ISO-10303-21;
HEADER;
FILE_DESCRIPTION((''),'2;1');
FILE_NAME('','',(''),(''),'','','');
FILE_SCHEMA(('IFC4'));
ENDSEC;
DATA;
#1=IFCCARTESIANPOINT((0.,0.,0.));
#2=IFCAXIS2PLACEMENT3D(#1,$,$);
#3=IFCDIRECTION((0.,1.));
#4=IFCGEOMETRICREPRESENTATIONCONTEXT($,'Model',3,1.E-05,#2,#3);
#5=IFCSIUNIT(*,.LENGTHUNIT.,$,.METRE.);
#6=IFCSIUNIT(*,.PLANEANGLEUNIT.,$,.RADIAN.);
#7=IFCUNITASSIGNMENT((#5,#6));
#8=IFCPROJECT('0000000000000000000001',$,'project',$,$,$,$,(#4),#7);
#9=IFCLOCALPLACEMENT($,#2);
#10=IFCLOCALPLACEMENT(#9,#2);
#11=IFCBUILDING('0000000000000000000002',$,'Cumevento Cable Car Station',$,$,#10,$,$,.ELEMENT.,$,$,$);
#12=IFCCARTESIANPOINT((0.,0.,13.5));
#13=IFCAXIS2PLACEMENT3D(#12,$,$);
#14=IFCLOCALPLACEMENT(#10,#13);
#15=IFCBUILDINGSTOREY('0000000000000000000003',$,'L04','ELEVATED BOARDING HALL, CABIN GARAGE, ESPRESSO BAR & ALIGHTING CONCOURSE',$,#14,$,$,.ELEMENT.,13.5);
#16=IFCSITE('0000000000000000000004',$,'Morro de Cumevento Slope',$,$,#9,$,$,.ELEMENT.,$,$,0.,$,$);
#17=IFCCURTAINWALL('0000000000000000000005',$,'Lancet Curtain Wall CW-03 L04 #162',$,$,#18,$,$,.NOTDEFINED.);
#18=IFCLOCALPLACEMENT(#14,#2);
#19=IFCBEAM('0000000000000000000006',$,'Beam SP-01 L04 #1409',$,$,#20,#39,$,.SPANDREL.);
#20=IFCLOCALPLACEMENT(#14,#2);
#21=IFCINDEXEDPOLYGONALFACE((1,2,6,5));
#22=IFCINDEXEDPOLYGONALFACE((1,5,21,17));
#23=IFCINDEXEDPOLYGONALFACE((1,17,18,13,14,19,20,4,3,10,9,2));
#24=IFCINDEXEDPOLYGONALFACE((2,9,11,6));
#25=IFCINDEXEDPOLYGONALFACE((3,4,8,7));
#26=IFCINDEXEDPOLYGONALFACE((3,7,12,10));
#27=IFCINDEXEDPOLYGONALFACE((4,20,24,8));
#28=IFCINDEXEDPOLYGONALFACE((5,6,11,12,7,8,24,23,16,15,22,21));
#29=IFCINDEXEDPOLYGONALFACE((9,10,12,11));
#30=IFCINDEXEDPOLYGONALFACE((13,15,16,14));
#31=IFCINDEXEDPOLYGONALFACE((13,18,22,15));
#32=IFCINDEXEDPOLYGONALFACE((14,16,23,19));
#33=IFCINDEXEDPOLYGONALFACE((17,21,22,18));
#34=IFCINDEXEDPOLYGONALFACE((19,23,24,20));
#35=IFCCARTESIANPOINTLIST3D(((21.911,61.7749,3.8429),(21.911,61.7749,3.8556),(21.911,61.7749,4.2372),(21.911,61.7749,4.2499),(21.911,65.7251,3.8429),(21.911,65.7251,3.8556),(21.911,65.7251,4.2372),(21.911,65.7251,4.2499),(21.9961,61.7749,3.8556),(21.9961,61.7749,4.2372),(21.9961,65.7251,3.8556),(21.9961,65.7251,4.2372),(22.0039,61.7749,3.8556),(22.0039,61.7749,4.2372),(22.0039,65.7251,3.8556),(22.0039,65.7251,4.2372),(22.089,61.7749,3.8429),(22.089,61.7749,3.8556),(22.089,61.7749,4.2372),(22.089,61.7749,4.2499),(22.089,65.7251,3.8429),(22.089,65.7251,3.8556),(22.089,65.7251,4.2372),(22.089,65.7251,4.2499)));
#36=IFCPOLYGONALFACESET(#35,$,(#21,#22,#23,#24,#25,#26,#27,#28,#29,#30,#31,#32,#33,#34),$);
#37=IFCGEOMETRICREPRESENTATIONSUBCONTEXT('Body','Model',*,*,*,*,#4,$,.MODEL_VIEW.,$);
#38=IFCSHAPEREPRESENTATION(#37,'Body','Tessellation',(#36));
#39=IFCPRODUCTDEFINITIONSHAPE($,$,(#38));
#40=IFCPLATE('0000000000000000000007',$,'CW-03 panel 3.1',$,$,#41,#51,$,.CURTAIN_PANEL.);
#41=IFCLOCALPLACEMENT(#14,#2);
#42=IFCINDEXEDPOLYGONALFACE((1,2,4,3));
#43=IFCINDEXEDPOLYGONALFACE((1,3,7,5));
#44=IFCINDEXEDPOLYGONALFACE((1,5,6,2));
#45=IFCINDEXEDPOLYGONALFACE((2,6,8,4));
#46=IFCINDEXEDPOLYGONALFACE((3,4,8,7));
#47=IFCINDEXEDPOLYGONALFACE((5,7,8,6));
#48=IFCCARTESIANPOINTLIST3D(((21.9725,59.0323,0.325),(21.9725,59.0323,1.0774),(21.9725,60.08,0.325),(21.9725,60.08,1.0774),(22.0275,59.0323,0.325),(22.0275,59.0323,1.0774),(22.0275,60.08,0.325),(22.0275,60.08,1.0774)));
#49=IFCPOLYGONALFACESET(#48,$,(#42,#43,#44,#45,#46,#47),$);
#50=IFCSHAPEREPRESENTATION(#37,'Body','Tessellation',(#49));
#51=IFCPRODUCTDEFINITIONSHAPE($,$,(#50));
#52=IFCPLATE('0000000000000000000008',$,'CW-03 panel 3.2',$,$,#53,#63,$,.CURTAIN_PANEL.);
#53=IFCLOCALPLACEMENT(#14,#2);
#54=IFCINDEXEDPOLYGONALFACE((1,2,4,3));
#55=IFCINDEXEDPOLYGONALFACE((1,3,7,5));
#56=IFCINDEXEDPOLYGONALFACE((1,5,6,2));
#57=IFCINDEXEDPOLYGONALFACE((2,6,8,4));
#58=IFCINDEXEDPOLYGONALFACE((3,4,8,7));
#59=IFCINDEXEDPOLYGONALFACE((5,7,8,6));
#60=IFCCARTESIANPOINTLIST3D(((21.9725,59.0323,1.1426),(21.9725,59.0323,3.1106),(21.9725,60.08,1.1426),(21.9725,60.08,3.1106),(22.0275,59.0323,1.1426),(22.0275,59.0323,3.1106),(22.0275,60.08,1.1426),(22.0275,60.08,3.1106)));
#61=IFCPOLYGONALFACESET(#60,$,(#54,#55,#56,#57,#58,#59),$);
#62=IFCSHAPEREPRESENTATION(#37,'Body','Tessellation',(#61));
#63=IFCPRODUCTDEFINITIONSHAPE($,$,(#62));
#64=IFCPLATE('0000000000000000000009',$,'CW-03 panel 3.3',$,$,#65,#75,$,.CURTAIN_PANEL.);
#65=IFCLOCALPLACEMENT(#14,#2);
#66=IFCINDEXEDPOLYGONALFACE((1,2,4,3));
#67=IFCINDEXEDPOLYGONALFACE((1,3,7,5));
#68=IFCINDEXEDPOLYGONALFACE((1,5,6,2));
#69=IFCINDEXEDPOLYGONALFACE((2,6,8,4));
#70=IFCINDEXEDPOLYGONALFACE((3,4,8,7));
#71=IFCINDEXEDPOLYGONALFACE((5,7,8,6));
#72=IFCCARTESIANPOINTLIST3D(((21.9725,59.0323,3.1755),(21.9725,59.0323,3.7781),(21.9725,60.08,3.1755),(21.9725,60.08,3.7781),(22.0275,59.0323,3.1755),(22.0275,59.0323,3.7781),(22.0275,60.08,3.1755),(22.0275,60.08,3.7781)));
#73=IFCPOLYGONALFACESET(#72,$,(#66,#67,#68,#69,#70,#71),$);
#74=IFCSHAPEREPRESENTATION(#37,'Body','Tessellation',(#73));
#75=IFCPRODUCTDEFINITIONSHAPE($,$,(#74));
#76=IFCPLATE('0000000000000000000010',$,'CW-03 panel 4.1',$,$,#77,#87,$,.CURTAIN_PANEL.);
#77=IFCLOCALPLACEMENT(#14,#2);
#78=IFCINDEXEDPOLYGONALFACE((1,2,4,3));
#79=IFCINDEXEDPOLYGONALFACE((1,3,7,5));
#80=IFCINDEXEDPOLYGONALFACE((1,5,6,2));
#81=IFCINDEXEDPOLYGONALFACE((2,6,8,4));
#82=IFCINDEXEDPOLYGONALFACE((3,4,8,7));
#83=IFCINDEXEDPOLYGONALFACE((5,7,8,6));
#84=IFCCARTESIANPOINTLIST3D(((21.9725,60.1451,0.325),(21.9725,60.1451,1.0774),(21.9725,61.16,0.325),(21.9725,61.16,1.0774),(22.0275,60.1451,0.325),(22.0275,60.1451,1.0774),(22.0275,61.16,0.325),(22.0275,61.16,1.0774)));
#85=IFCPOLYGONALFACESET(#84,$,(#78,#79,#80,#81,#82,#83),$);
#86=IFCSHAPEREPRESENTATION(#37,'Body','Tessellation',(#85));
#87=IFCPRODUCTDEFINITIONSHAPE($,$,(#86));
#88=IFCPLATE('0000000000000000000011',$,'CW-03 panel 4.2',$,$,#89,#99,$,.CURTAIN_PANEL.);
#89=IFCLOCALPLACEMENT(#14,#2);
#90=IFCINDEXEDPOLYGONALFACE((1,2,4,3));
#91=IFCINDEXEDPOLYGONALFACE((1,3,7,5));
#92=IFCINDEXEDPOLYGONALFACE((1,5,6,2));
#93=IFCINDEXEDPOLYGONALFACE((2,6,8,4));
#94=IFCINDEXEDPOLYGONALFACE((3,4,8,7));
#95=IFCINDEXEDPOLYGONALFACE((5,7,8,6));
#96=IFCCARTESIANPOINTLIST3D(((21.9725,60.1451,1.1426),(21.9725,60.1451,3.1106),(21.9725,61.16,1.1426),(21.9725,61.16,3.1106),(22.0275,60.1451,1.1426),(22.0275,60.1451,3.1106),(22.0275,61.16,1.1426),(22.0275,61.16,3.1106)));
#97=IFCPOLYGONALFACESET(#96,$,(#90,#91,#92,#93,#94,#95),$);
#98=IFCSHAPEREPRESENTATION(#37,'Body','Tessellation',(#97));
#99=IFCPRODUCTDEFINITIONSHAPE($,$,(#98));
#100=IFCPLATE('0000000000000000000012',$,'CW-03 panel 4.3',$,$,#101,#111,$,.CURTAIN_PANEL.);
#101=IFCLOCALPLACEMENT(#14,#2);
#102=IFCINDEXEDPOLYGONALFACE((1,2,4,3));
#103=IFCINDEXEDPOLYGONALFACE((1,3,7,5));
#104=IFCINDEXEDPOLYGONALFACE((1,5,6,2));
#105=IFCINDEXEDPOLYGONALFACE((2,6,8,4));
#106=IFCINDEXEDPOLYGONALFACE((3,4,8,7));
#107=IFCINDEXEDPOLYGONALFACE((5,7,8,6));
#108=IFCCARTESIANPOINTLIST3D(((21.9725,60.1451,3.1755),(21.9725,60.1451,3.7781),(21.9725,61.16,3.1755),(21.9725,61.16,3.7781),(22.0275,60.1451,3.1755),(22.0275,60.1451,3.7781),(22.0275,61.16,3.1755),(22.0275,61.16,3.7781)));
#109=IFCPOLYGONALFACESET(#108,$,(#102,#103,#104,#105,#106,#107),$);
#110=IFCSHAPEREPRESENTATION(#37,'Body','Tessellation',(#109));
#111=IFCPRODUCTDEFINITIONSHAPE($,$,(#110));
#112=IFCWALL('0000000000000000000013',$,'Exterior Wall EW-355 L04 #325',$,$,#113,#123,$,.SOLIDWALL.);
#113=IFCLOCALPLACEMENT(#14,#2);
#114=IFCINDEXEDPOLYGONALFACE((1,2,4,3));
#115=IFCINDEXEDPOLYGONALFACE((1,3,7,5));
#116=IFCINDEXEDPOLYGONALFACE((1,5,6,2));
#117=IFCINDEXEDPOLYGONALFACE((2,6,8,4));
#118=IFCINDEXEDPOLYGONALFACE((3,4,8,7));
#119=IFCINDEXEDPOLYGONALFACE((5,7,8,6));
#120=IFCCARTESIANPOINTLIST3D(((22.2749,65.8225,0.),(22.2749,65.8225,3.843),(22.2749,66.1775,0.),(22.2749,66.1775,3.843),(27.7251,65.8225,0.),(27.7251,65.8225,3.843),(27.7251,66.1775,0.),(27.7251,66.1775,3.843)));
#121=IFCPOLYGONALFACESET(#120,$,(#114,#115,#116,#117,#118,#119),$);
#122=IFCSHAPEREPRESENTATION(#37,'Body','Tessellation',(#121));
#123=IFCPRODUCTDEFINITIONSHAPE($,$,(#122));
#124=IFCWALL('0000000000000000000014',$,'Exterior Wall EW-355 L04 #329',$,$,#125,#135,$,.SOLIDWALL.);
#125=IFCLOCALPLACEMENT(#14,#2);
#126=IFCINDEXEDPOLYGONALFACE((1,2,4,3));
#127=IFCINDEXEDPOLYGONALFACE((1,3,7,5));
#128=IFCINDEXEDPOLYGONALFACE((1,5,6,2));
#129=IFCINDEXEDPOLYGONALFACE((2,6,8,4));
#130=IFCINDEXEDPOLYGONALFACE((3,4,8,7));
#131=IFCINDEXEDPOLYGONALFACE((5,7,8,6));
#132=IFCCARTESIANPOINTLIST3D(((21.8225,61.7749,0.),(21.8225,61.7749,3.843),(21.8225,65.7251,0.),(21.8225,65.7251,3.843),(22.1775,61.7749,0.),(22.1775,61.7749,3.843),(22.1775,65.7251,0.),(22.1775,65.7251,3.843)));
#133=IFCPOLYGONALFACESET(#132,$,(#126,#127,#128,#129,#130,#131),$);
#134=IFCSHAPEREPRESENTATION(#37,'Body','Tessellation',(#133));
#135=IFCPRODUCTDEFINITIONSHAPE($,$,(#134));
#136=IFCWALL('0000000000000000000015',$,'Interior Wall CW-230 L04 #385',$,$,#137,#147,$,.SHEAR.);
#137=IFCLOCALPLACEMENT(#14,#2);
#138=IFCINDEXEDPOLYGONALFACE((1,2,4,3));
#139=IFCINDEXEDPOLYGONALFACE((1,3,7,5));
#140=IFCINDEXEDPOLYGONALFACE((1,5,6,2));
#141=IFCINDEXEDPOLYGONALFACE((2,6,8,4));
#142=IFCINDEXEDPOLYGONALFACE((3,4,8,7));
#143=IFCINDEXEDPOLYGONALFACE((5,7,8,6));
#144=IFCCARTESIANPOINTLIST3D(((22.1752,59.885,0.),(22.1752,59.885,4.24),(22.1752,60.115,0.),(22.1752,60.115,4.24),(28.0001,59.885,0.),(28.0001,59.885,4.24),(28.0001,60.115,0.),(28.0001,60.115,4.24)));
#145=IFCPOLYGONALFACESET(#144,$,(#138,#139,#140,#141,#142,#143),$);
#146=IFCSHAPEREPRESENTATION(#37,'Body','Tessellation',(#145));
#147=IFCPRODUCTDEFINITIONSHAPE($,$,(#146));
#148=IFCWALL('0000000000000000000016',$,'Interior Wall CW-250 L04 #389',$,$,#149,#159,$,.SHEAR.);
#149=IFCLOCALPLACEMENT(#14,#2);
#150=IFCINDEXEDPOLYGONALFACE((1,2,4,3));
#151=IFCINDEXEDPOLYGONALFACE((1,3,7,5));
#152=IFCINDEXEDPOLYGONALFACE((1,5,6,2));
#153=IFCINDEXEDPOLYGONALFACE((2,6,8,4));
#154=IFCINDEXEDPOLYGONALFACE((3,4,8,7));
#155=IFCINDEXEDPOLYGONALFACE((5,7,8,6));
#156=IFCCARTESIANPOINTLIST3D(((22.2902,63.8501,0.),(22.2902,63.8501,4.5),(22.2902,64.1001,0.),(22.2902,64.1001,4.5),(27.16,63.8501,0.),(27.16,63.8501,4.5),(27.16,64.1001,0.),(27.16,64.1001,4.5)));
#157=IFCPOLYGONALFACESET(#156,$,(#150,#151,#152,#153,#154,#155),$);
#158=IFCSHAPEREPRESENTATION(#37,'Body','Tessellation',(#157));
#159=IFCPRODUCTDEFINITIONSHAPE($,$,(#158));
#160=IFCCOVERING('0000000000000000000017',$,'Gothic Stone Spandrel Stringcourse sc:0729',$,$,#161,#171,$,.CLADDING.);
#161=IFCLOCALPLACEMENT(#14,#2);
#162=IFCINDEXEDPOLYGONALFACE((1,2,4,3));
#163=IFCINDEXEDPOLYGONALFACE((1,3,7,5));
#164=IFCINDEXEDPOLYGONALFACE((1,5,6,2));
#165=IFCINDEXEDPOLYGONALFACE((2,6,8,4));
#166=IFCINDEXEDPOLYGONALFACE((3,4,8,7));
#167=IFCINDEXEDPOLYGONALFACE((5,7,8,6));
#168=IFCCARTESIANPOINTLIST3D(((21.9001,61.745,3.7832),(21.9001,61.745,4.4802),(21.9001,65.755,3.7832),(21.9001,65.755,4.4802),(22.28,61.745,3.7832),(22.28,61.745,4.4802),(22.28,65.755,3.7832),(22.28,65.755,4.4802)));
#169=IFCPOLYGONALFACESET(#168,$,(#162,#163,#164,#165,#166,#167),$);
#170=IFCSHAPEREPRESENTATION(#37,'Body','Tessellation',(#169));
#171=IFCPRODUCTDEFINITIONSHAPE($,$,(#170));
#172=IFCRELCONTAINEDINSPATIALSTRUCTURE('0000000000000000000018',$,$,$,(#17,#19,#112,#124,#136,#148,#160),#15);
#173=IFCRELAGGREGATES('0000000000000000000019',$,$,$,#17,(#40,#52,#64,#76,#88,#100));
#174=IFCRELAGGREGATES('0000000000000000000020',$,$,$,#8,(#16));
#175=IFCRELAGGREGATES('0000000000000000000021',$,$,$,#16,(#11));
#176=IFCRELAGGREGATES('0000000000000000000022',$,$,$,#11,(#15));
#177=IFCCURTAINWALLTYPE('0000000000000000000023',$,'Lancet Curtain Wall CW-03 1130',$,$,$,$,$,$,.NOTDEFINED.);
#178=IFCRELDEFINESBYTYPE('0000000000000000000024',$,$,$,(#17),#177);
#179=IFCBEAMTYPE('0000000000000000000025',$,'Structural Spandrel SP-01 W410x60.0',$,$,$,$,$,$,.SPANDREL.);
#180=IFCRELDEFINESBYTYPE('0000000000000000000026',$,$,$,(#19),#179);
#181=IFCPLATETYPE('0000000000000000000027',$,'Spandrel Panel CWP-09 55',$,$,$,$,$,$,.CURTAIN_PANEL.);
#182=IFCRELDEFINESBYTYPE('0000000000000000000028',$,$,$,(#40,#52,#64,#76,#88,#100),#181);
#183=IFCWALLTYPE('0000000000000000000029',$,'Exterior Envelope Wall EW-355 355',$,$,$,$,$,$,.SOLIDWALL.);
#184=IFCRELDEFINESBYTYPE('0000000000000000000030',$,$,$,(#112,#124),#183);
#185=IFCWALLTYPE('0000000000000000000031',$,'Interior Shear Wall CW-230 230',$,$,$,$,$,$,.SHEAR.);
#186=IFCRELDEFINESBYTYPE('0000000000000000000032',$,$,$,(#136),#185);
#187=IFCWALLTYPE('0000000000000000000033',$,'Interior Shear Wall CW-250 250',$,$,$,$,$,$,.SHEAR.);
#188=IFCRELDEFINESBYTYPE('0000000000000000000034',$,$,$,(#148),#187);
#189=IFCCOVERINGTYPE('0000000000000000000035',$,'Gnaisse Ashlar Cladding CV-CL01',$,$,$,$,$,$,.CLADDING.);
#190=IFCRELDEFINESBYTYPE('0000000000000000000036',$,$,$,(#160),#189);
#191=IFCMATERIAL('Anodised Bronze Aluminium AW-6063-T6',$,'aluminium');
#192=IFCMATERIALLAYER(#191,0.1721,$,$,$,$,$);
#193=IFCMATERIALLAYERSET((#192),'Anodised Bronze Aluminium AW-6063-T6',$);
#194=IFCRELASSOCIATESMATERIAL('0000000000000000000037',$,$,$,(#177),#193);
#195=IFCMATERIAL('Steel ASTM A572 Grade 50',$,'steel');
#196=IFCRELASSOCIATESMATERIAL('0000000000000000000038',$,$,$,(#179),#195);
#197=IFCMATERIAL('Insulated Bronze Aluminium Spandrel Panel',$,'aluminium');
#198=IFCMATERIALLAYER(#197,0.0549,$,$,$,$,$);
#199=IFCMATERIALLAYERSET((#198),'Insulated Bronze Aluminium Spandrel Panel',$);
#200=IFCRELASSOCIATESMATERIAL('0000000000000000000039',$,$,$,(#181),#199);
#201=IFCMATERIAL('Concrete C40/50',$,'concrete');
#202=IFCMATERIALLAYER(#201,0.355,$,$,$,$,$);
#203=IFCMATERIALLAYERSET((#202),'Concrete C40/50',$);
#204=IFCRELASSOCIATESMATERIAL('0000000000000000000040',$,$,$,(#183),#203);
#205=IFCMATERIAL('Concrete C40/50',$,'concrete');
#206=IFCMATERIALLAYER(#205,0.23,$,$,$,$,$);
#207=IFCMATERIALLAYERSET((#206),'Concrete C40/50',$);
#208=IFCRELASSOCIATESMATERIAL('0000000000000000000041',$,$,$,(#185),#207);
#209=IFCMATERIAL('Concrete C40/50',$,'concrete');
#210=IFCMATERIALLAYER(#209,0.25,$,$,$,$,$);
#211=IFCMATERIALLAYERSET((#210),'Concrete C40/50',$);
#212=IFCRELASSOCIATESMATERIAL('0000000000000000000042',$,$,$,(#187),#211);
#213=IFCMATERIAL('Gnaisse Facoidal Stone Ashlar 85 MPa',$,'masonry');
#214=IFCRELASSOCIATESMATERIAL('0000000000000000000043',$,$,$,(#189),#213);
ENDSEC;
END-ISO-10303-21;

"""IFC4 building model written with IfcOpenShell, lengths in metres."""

from ifc_helpers import new_model, si_unit, direction, frame, frame_2d, origin, origin_2d, place, context, subcontext, project, spatial, rectangle, i_section, extrude, material, layer, layer_set, material_profile, profile_set, type_object, element, aggregate, save


model = new_model("IFC4")

# Units and contexts
model_context = context("Model", 3, precision=1e-05, world=origin(), true_north=direction((0.0, 1.0)))
body_context = subcontext(model_context, "Body", "Model", "MODEL_VIEW")
ifc_project = project(units=[si_unit("LENGTHUNIT", "METRE"), si_unit("PLANEANGLEUNIT", "RADIAN")], contexts=[model_context])

# Site, building, storey
site_placement = place(None, origin())
site = spatial("IfcSite", under=ifc_project, at=site_placement, Name="Morro de Cumevento Slope", CompositionType="ELEMENT", RefElevation=0.0)
building_placement = place(site_placement, origin())
building = spatial("IfcBuilding", under=site, at=building_placement, Name="Cumevento Cable Car Station", CompositionType="ELEMENT")
storey_placement = place(building_placement, frame((0.0, 0.0, 13.5)))
storey = spatial("IfcBuildingStorey", under=building, at=storey_placement, Name="L04", Description="ELEVATED BOARDING HALL, CABIN GARAGE, ESPRESSO BAR & ALIGHTING CONCOURSE", CompositionType="ELEMENT", Elevation=13.5)

# Curtain wall
ifc_material_1 = material(Name="Anodised Bronze Aluminium AW-6063-T6", Category="aluminium")
ifc_layer_1 = layer(ifc_material_1, 0.1721)
ifc_layer_set_1 = layer_set([ifc_layer_1], Name="Anodised Bronze Aluminium AW-6063-T6")
curtain_wall_type = type_object("IfcCurtainWallType", Name="Lancet Curtain Wall CW-03 1130", PredefinedType="NOTDEFINED", material=ifc_layer_set_1)
curtain_wall_placement = place(storey_placement, origin())
curtain_wall = element("IfcCurtainWall", 1, at=curtain_wall_placement, inside=storey, type_object=curtain_wall_type, Name="Lancet Curtain Wall CW-03 L04 #162", PredefinedType="NOTDEFINED")

# Beam
ifc_material_2 = material(Name="Steel ASTM A572 Grade 50", Category="steel")
ifc_material_profile_1 = material_profile(ifc_material_2, i_section(OverallWidth=0.178, OverallDepth=0.407, WebThickness=0.0078, FlangeThickness=0.0127, at=origin_2d()), Name="W410x60.0")
ifc_profile_set_1 = profile_set([ifc_material_profile_1], Name="Steel ASTM A572 Grade 50")
beam_type_1 = type_object("IfcBeamType", Name="Structural Spandrel SP-01 W410x60.0", PredefinedType="SPANDREL", material=ifc_profile_set_1)
beam_1_placement = place(storey_placement, frame((22.0, 61.7749, 4.0464), z_axis=(0.0, 1.0, 0.0), x_axis=(-1.0, 0.0, 0.0)))
element("IfcBeam", 2, at=beam_1_placement, inside=storey, type_object=beam_type_1, Name="Beam SP-01 L04 #1409", PredefinedType="SPANDREL", context=body_context, shape_type="SweptSolid", body=[
    extrude(i_section(OverallWidth=0.178, OverallDepth=0.407, WebThickness=0.0078, FlangeThickness=0.0127, at=origin_2d()), origin(), (0.0, 0.0, 1.0), 3.9502),
])

# Plates
ifc_material_3 = material(Name="Insulated Bronze Aluminium Spandrel Panel", Category="aluminium")
ifc_layer_2 = layer(ifc_material_3, 0.0549)
ifc_layer_set_2 = layer_set([ifc_layer_2], Name="Insulated Bronze Aluminium Spandrel Panel")
plate_type = type_object("IfcPlateType", Name="Spandrel Panel CWP-09 55", PredefinedType="CURTAIN_PANEL", material=ifc_layer_set_2)
plate_1_placement = place(storey_placement, frame((22.0, 59.5562, 0.325), z_axis=(0.0, 0.0, 1.0), x_axis=(0.0, 1.0, 0.0)))
plate_1 = element("IfcPlate", 3, at=plate_1_placement, type_object=plate_type, Name="CW-03 panel 3.1", PredefinedType="CURTAIN_PANEL", context=body_context, shape_type="SweptSolid", body=[
    extrude(rectangle(XDim=1.0476, YDim=0.0549, at=origin_2d()), origin(), (0.0, 0.0, 1.0), 0.7524),
])
plate_2_placement = place(storey_placement, frame((22.0, 59.5562, 1.1426), z_axis=(0.0, 0.0, 1.0), x_axis=(0.0, 1.0, 0.0)))
plate_2 = element("IfcPlate", 4, at=plate_2_placement, type_object=plate_type, Name="CW-03 panel 3.2", PredefinedType="CURTAIN_PANEL", context=body_context, shape_type="SweptSolid", body=[
    extrude(rectangle(XDim=1.0476, YDim=0.0549, at=origin_2d()), origin(), (0.0, 0.0, 1.0), 1.968),
])
plate_3_placement = place(storey_placement, frame((22.0, 59.5562, 3.1755), z_axis=(0.0, 0.0, 1.0), x_axis=(0.0, 1.0, 0.0)))
plate_3 = element("IfcPlate", 5, at=plate_3_placement, type_object=plate_type, Name="CW-03 panel 3.3", PredefinedType="CURTAIN_PANEL", context=body_context, shape_type="SweptSolid", body=[
    extrude(rectangle(XDim=1.0476, YDim=0.0549, at=origin_2d()), origin(), (0.0, 0.0, 1.0), 0.6025),
])
plate_4_placement = place(storey_placement, frame((22.0, 60.6526, 0.325), z_axis=(0.0, 0.0, 1.0), x_axis=(0.0, 1.0, 0.0)))
plate_4 = element("IfcPlate", 6, at=plate_4_placement, type_object=plate_type, Name="CW-03 panel 4.1", PredefinedType="CURTAIN_PANEL", context=body_context, shape_type="SweptSolid", body=[
    extrude(rectangle(XDim=1.0149, YDim=0.0549, at=origin_2d()), origin(), (0.0, 0.0, 1.0), 0.7524),
])
plate_5_placement = place(storey_placement, frame((22.0, 60.6526, 1.1426), z_axis=(0.0, 0.0, 1.0), x_axis=(0.0, 1.0, 0.0)))
plate_5 = element("IfcPlate", 7, at=plate_5_placement, type_object=plate_type, Name="CW-03 panel 4.2", PredefinedType="CURTAIN_PANEL", context=body_context, shape_type="SweptSolid", body=[
    extrude(rectangle(XDim=1.0149, YDim=0.0549, at=origin_2d()), origin(), (0.0, 0.0, 1.0), 1.968),
])
plate_6_placement = place(storey_placement, frame((22.0, 60.6526, 3.1755), z_axis=(0.0, 0.0, 1.0), x_axis=(0.0, 1.0, 0.0)))
plate_6 = element("IfcPlate", 8, at=plate_6_placement, type_object=plate_type, Name="CW-03 panel 4.3", PredefinedType="CURTAIN_PANEL", context=body_context, shape_type="SweptSolid", body=[
    extrude(rectangle(XDim=1.0149, YDim=0.0549, at=origin_2d()), origin(), (0.0, 0.0, 1.0), 0.6025),
])
aggregate(curtain_wall, [plate_1, plate_2, plate_3, plate_4, plate_5, plate_6])

# Walls
ifc_material_4 = material(Name="Concrete C40/50", Category="concrete")
ifc_layer_3 = layer(ifc_material_4, 0.355)
ifc_layer_set_3 = layer_set([ifc_layer_3], Name="Concrete C40/50")
wall_type_1 = type_object("IfcWallType", Name="Exterior Envelope Wall EW-355 355", PredefinedType="SOLIDWALL", material=ifc_layer_set_3)
wall_1_placement = place(storey_placement, frame((22.2749, 66.0, 0.0), z_axis=(0.0, 0.0, 1.0), x_axis=(1.0, 0.0, 0.0)))
element("IfcWall", 9, at=wall_1_placement, inside=storey, type_object=wall_type_1, Name="Exterior Wall EW-355 L04 #325", PredefinedType="SOLIDWALL", context=body_context, shape_type="SweptSolid", body=[
    extrude(rectangle(XDim=5.4502, YDim=0.355, at=frame_2d((2.7251, 0.0))), origin(), (0.0, 0.0, 1.0), 3.843),
])
wall_2_placement = place(storey_placement, frame((22.0, 61.7749, 0.0), z_axis=(0.0, 0.0, 1.0), x_axis=(0.0, 1.0, 0.0)))
element("IfcWall", 10, at=wall_2_placement, inside=storey, type_object=wall_type_1, Name="Exterior Wall EW-355 L04 #329", PredefinedType="SOLIDWALL", context=body_context, shape_type="SweptSolid", body=[
    extrude(rectangle(XDim=3.9502, YDim=0.355, at=frame_2d((1.9751, 0.0))), origin(), (0.0, 0.0, 1.0), 3.843),
])
ifc_material_5 = material(Name="Concrete C40/50", Category="concrete")
ifc_layer_4 = layer(ifc_material_5, 0.23)
ifc_layer_set_4 = layer_set([ifc_layer_4], Name="Concrete C40/50")
wall_type_2 = type_object("IfcWallType", Name="Interior Shear Wall CW-230 230", PredefinedType="SHEAR", material=ifc_layer_set_4)
wall_3_placement = place(storey_placement, frame((22.175, 60.0, 0.0), z_axis=(0.0, 0.0, 1.0), x_axis=(1.0, 0.0, 0.0)))
element("IfcWall", 11, at=wall_3_placement, inside=storey, type_object=wall_type_2, Name="Interior Wall CW-230 L04 #385", PredefinedType="SHEAR", context=body_context, shape_type="SweptSolid", body=[
    extrude(rectangle(XDim=5.825, YDim=0.23, at=frame_2d((2.9126, 0.0))), origin(), (0.0, 0.0, 1.0), 4.24),
])
ifc_material_6 = material(Name="Concrete C40/50", Category="concrete")
ifc_layer_5 = layer(ifc_material_6, 0.25)
ifc_layer_set_5 = layer_set([ifc_layer_5], Name="Concrete C40/50")
wall_type_3 = type_object("IfcWallType", Name="Interior Shear Wall CW-250 250", PredefinedType="SHEAR", material=ifc_layer_set_5)
wall_4_placement = place(storey_placement, frame((22.29, 63.9751, 0.0), z_axis=(0.0, 0.0, 1.0), x_axis=(1.0, 0.0, 0.0)))
element("IfcWall", 12, at=wall_4_placement, inside=storey, type_object=wall_type_3, Name="Interior Wall CW-250 L04 #389", PredefinedType="SHEAR", context=body_context, shape_type="SweptSolid", body=[
    extrude(rectangle(XDim=4.8699, YDim=0.25, at=frame_2d((2.4351, 0.0))), origin(), (0.0, 0.0, 1.0), 4.5),
])

# Covering
ifc_material_7 = material(Name="Gnaisse Facoidal Stone Ashlar 85 MPa", Category="masonry")
covering_type = type_object("IfcCoveringType", Name="Gnaisse Ashlar Cladding CV-CL01", PredefinedType="CLADDING", material=ifc_material_7)
covering_1_placement = place(storey_placement, frame((22.0901, 63.75, 3.7832), z_axis=(0.0, 0.0, 1.0), x_axis=(0.0, 1.0, 0.0)))
element("IfcCovering", 13, at=covering_1_placement, inside=storey, type_object=covering_type, Name="Gothic Stone Spandrel Stringcourse sc:0729", PredefinedType="CLADDING", context=body_context, shape_type="SweptSolid", body=[
    extrude(rectangle(XDim=4.01, YDim=0.3799, at=origin_2d()), origin(), (0.0, 0.0, 1.0), 0.697),
])

save(model, "model.ifc")
